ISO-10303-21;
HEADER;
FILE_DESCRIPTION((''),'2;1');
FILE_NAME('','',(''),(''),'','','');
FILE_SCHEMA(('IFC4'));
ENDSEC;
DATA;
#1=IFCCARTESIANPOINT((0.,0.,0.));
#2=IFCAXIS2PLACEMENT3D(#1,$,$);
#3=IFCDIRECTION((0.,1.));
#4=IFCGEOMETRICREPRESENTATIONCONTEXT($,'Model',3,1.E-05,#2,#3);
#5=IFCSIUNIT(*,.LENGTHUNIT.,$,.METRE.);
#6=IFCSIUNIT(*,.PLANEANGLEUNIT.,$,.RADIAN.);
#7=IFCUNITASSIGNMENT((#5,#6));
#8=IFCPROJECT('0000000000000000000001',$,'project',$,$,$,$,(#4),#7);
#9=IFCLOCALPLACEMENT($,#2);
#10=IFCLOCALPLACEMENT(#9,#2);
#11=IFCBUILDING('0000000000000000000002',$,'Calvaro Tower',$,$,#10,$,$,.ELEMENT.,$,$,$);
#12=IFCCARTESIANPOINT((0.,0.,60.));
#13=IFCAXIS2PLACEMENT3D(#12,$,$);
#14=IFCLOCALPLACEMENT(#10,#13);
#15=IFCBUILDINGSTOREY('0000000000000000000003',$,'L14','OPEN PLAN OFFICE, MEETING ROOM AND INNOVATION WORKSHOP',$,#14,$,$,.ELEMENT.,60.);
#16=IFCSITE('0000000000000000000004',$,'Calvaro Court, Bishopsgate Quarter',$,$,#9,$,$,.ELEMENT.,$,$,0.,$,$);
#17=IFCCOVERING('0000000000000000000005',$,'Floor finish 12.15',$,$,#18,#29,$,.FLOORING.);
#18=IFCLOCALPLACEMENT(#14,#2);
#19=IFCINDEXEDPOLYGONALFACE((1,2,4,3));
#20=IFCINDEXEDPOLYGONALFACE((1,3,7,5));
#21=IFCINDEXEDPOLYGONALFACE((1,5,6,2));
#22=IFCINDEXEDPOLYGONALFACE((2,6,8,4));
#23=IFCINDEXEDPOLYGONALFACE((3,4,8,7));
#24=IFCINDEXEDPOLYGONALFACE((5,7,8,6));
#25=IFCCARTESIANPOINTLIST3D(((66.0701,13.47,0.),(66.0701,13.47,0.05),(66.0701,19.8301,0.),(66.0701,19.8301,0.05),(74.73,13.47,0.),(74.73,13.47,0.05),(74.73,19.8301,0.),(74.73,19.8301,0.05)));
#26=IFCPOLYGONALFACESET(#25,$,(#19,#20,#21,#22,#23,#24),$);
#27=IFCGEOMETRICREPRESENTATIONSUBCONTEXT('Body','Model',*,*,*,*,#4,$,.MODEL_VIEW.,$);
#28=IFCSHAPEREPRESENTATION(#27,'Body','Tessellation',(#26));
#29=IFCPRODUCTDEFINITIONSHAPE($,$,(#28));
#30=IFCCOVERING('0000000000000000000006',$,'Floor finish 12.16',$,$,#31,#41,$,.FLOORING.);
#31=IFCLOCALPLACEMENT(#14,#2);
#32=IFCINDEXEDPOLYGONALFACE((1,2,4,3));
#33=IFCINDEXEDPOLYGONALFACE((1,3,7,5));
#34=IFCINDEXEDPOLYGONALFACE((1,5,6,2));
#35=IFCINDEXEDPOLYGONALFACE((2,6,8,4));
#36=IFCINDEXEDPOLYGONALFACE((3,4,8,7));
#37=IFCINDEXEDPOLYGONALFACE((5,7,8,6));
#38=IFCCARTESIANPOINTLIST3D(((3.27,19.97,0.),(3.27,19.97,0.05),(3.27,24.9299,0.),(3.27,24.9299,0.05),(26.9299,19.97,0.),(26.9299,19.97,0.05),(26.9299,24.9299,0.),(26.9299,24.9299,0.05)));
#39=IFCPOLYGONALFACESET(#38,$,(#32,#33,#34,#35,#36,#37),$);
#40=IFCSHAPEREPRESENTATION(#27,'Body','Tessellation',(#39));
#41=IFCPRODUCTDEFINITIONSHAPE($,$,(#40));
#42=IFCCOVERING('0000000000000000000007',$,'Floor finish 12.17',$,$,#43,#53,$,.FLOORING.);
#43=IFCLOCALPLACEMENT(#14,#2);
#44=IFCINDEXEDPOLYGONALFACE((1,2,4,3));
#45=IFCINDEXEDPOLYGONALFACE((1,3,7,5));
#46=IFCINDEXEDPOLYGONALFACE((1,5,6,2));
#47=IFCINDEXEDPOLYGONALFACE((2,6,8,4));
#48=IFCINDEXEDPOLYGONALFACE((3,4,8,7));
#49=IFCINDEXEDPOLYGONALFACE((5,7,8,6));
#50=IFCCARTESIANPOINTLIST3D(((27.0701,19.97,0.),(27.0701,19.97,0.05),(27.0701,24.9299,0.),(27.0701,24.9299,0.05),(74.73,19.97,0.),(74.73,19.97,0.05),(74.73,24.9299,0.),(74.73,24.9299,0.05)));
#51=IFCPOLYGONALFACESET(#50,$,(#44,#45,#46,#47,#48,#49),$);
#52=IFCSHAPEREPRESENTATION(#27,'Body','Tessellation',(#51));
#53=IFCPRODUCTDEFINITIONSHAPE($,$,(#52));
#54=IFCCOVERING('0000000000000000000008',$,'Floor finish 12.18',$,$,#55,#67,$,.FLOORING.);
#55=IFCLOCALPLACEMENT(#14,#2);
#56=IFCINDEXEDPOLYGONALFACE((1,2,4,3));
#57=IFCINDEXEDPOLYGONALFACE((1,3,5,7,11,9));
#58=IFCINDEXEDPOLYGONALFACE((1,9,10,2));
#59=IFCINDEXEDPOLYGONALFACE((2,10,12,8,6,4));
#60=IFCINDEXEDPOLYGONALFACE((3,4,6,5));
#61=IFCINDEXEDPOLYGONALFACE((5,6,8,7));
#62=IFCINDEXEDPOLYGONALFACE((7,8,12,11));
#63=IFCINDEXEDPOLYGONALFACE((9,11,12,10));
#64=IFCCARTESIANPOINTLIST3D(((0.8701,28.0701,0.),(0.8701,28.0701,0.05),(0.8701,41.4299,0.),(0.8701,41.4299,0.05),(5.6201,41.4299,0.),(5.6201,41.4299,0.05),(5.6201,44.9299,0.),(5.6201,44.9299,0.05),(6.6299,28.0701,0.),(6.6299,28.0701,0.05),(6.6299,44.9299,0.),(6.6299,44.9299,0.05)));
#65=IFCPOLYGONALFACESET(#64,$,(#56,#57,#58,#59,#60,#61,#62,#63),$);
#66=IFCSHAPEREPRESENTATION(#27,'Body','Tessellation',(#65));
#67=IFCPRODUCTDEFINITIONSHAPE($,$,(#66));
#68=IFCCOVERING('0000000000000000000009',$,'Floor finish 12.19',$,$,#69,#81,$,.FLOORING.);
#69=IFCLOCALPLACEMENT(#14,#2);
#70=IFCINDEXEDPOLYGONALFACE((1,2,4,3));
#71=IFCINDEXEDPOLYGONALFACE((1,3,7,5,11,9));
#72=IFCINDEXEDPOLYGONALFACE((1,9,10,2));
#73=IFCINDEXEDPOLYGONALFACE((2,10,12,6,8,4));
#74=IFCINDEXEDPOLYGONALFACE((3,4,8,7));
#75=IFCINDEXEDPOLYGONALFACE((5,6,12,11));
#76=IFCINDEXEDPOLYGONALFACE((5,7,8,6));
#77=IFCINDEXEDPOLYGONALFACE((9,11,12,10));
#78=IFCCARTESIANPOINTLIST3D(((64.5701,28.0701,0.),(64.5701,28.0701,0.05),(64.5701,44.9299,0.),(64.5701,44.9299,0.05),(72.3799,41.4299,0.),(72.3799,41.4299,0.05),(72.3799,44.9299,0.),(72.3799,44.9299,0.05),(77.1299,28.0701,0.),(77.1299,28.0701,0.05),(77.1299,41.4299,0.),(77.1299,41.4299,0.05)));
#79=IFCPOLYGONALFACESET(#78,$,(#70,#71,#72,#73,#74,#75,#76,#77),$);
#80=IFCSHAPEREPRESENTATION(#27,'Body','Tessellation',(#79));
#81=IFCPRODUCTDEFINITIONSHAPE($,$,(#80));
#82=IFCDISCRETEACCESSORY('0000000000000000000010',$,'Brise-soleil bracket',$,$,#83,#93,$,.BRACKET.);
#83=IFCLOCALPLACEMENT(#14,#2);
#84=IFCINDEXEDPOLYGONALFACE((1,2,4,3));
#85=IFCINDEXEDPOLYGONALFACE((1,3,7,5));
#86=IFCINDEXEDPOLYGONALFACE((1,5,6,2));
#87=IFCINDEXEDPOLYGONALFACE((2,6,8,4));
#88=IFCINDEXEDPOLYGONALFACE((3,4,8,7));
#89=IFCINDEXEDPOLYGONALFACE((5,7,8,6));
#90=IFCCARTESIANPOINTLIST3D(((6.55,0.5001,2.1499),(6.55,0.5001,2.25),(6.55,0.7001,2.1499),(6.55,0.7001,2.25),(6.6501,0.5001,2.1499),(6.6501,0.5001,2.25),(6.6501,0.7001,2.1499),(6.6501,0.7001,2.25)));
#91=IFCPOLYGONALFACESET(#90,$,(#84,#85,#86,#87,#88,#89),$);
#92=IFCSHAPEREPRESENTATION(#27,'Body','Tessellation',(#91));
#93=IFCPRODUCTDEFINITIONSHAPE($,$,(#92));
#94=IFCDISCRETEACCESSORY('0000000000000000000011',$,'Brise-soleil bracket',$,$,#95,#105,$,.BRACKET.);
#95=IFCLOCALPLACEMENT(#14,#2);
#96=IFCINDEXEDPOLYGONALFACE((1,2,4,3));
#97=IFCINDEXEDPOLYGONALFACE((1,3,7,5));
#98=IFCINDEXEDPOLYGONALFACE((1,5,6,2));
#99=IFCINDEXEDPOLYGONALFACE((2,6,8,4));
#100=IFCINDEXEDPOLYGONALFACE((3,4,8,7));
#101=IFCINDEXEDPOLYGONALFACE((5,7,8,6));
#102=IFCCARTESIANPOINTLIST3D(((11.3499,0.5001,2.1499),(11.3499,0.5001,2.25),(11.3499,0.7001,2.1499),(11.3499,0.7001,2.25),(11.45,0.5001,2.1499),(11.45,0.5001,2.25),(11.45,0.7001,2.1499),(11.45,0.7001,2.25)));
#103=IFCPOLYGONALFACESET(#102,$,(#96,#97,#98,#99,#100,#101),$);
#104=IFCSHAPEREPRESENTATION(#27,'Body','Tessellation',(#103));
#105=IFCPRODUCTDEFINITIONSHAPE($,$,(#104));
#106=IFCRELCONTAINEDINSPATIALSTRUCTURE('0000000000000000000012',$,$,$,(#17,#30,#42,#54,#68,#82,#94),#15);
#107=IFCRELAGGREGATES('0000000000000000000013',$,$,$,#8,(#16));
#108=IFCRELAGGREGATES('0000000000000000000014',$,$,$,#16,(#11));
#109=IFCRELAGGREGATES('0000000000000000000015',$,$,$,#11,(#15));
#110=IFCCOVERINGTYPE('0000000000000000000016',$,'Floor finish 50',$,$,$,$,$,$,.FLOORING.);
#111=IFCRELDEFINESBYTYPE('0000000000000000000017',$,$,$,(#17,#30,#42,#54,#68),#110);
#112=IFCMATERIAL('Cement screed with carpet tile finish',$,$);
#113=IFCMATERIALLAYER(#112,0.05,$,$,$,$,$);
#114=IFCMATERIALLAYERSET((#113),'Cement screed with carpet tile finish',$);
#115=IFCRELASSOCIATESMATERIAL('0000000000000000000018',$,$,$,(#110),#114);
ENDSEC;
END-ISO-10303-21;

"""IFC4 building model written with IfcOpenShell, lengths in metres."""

from ifc_helpers import new_model, si_unit, direction, frame, origin, origin_2d, place, context, subcontext, project, spatial, polyline, rectangle, outline, extrude, material, layer, layer_set, type_object, element, save


model = new_model("IFC4")

# Units and contexts
model_context = context("Model", 3, precision=1e-05, world=origin(), true_north=direction((0.0, 1.0)))
body_context = subcontext(model_context, "Body", "Model", "MODEL_VIEW")
ifc_project = project(units=[si_unit("LENGTHUNIT", "METRE"), si_unit("PLANEANGLEUNIT", "RADIAN")], contexts=[model_context])

# Site, building, storey
site_placement = place(None, origin())
site = spatial("IfcSite", under=ifc_project, at=site_placement, Name="Calvaro Court, Bishopsgate Quarter", CompositionType="ELEMENT", RefElevation=0.0)
building_placement = place(site_placement, origin())
building = spatial("IfcBuilding", under=site, at=building_placement, Name="Calvaro Tower", CompositionType="ELEMENT")
storey_placement = place(building_placement, frame((0.0, 0.0, 60.0)))
storey = spatial("IfcBuildingStorey", under=building, at=storey_placement, Name="L14", Description="OPEN PLAN OFFICE, MEETING ROOM AND INNOVATION WORKSHOP", CompositionType="ELEMENT", Elevation=60.0)

# Coverings
ifc_material_1 = material(Name="Cement screed with carpet tile finish")
ifc_layer_1 = layer(ifc_material_1, 0.05)
ifc_layer_set_1 = layer_set([ifc_layer_1], Name="Cement screed with carpet tile finish")
covering_type = type_object("IfcCoveringType", Name="Floor finish 50", PredefinedType="FLOORING", material=ifc_layer_set_1)
covering_1_placement = place(storey_placement, origin())
element("IfcCovering", 1, at=covering_1_placement, inside=storey, type_object=covering_type, Name="Floor finish 12.15", PredefinedType="FLOORING", context=body_context, shape_type="SweptSolid", body=[
    extrude(outline(polyline([(66.0701, 13.47), (66.0701, 19.8301), (74.73, 19.8301), (74.73, 13.47), (66.0701, 13.47)])), origin(), (0.0, 0.0, 1.0), 0.05),
])
covering_2_placement = place(storey_placement, origin())
element("IfcCovering", 2, at=covering_2_placement, inside=storey, type_object=covering_type, Name="Floor finish 12.16", PredefinedType="FLOORING", context=body_context, shape_type="SweptSolid", body=[
    extrude(outline(polyline([(3.27, 19.97), (3.27, 24.9299), (26.9299, 24.9299), (26.9299, 19.97), (3.27, 19.97)])), origin(), (0.0, 0.0, 1.0), 0.05),
])
covering_3_placement = place(storey_placement, origin())
element("IfcCovering", 3, at=covering_3_placement, inside=storey, type_object=covering_type, Name="Floor finish 12.17", PredefinedType="FLOORING", context=body_context, shape_type="SweptSolid", body=[
    extrude(outline(polyline([(27.0701, 19.97), (27.0701, 24.9299), (74.73, 24.9299), (74.73, 19.97), (27.0701, 19.97)])), origin(), (0.0, 0.0, 1.0), 0.05),
])
covering_4_placement = place(storey_placement, origin())
element("IfcCovering", 4, at=covering_4_placement, inside=storey, type_object=covering_type, Name="Floor finish 12.18", PredefinedType="FLOORING", context=body_context, shape_type="SweptSolid", body=[
    extrude(outline(polyline([(6.6299, 28.0701), (0.8701, 28.0701), (0.8701, 41.4299), (5.6201, 41.4299), (5.6201, 44.9299), (6.6299, 44.9299), (6.6299, 28.0701)])), origin(), (0.0, 0.0, 1.0), 0.05),
])
covering_5_placement = place(storey_placement, origin())
element("IfcCovering", 5, at=covering_5_placement, inside=storey, type_object=covering_type, Name="Floor finish 12.19", PredefinedType="FLOORING", context=body_context, shape_type="SweptSolid", body=[
    extrude(outline(polyline([(77.1299, 28.0701), (64.5701, 28.0701), (64.5701, 44.9299), (72.3799, 44.9299), (72.3799, 41.4299), (77.1299, 41.4299), (77.1299, 28.0701)])), origin(), (0.0, 0.0, 1.0), 0.05),
])

# Discrete accessories
for number, where, z_axis, x_axis, name in (
    (6, (6.6001, 0.6001, 2.1499), (0.0, 0.0, 1.0), (1.0, 0.0, 0.0), "Brise-soleil bracket"),
    (7, (11.3999, 0.6001, 2.1499), (0.0, 0.0, 1.0), (1.0, 0.0, 0.0), "Brise-soleil bracket"),
):
    element("IfcDiscreteAccessory", number, at=place(storey_placement, frame(where, z_axis=z_axis, x_axis=x_axis)), inside=storey, Name=name, PredefinedType="BRACKET", context=body_context, shape_type="SweptSolid", body=[
        extrude(rectangle(XDim=0.1001, YDim=0.2, at=origin_2d()), origin(), (0.0, 0.0, 1.0), 0.1001),
    ])

save(model, "model.ifc")
